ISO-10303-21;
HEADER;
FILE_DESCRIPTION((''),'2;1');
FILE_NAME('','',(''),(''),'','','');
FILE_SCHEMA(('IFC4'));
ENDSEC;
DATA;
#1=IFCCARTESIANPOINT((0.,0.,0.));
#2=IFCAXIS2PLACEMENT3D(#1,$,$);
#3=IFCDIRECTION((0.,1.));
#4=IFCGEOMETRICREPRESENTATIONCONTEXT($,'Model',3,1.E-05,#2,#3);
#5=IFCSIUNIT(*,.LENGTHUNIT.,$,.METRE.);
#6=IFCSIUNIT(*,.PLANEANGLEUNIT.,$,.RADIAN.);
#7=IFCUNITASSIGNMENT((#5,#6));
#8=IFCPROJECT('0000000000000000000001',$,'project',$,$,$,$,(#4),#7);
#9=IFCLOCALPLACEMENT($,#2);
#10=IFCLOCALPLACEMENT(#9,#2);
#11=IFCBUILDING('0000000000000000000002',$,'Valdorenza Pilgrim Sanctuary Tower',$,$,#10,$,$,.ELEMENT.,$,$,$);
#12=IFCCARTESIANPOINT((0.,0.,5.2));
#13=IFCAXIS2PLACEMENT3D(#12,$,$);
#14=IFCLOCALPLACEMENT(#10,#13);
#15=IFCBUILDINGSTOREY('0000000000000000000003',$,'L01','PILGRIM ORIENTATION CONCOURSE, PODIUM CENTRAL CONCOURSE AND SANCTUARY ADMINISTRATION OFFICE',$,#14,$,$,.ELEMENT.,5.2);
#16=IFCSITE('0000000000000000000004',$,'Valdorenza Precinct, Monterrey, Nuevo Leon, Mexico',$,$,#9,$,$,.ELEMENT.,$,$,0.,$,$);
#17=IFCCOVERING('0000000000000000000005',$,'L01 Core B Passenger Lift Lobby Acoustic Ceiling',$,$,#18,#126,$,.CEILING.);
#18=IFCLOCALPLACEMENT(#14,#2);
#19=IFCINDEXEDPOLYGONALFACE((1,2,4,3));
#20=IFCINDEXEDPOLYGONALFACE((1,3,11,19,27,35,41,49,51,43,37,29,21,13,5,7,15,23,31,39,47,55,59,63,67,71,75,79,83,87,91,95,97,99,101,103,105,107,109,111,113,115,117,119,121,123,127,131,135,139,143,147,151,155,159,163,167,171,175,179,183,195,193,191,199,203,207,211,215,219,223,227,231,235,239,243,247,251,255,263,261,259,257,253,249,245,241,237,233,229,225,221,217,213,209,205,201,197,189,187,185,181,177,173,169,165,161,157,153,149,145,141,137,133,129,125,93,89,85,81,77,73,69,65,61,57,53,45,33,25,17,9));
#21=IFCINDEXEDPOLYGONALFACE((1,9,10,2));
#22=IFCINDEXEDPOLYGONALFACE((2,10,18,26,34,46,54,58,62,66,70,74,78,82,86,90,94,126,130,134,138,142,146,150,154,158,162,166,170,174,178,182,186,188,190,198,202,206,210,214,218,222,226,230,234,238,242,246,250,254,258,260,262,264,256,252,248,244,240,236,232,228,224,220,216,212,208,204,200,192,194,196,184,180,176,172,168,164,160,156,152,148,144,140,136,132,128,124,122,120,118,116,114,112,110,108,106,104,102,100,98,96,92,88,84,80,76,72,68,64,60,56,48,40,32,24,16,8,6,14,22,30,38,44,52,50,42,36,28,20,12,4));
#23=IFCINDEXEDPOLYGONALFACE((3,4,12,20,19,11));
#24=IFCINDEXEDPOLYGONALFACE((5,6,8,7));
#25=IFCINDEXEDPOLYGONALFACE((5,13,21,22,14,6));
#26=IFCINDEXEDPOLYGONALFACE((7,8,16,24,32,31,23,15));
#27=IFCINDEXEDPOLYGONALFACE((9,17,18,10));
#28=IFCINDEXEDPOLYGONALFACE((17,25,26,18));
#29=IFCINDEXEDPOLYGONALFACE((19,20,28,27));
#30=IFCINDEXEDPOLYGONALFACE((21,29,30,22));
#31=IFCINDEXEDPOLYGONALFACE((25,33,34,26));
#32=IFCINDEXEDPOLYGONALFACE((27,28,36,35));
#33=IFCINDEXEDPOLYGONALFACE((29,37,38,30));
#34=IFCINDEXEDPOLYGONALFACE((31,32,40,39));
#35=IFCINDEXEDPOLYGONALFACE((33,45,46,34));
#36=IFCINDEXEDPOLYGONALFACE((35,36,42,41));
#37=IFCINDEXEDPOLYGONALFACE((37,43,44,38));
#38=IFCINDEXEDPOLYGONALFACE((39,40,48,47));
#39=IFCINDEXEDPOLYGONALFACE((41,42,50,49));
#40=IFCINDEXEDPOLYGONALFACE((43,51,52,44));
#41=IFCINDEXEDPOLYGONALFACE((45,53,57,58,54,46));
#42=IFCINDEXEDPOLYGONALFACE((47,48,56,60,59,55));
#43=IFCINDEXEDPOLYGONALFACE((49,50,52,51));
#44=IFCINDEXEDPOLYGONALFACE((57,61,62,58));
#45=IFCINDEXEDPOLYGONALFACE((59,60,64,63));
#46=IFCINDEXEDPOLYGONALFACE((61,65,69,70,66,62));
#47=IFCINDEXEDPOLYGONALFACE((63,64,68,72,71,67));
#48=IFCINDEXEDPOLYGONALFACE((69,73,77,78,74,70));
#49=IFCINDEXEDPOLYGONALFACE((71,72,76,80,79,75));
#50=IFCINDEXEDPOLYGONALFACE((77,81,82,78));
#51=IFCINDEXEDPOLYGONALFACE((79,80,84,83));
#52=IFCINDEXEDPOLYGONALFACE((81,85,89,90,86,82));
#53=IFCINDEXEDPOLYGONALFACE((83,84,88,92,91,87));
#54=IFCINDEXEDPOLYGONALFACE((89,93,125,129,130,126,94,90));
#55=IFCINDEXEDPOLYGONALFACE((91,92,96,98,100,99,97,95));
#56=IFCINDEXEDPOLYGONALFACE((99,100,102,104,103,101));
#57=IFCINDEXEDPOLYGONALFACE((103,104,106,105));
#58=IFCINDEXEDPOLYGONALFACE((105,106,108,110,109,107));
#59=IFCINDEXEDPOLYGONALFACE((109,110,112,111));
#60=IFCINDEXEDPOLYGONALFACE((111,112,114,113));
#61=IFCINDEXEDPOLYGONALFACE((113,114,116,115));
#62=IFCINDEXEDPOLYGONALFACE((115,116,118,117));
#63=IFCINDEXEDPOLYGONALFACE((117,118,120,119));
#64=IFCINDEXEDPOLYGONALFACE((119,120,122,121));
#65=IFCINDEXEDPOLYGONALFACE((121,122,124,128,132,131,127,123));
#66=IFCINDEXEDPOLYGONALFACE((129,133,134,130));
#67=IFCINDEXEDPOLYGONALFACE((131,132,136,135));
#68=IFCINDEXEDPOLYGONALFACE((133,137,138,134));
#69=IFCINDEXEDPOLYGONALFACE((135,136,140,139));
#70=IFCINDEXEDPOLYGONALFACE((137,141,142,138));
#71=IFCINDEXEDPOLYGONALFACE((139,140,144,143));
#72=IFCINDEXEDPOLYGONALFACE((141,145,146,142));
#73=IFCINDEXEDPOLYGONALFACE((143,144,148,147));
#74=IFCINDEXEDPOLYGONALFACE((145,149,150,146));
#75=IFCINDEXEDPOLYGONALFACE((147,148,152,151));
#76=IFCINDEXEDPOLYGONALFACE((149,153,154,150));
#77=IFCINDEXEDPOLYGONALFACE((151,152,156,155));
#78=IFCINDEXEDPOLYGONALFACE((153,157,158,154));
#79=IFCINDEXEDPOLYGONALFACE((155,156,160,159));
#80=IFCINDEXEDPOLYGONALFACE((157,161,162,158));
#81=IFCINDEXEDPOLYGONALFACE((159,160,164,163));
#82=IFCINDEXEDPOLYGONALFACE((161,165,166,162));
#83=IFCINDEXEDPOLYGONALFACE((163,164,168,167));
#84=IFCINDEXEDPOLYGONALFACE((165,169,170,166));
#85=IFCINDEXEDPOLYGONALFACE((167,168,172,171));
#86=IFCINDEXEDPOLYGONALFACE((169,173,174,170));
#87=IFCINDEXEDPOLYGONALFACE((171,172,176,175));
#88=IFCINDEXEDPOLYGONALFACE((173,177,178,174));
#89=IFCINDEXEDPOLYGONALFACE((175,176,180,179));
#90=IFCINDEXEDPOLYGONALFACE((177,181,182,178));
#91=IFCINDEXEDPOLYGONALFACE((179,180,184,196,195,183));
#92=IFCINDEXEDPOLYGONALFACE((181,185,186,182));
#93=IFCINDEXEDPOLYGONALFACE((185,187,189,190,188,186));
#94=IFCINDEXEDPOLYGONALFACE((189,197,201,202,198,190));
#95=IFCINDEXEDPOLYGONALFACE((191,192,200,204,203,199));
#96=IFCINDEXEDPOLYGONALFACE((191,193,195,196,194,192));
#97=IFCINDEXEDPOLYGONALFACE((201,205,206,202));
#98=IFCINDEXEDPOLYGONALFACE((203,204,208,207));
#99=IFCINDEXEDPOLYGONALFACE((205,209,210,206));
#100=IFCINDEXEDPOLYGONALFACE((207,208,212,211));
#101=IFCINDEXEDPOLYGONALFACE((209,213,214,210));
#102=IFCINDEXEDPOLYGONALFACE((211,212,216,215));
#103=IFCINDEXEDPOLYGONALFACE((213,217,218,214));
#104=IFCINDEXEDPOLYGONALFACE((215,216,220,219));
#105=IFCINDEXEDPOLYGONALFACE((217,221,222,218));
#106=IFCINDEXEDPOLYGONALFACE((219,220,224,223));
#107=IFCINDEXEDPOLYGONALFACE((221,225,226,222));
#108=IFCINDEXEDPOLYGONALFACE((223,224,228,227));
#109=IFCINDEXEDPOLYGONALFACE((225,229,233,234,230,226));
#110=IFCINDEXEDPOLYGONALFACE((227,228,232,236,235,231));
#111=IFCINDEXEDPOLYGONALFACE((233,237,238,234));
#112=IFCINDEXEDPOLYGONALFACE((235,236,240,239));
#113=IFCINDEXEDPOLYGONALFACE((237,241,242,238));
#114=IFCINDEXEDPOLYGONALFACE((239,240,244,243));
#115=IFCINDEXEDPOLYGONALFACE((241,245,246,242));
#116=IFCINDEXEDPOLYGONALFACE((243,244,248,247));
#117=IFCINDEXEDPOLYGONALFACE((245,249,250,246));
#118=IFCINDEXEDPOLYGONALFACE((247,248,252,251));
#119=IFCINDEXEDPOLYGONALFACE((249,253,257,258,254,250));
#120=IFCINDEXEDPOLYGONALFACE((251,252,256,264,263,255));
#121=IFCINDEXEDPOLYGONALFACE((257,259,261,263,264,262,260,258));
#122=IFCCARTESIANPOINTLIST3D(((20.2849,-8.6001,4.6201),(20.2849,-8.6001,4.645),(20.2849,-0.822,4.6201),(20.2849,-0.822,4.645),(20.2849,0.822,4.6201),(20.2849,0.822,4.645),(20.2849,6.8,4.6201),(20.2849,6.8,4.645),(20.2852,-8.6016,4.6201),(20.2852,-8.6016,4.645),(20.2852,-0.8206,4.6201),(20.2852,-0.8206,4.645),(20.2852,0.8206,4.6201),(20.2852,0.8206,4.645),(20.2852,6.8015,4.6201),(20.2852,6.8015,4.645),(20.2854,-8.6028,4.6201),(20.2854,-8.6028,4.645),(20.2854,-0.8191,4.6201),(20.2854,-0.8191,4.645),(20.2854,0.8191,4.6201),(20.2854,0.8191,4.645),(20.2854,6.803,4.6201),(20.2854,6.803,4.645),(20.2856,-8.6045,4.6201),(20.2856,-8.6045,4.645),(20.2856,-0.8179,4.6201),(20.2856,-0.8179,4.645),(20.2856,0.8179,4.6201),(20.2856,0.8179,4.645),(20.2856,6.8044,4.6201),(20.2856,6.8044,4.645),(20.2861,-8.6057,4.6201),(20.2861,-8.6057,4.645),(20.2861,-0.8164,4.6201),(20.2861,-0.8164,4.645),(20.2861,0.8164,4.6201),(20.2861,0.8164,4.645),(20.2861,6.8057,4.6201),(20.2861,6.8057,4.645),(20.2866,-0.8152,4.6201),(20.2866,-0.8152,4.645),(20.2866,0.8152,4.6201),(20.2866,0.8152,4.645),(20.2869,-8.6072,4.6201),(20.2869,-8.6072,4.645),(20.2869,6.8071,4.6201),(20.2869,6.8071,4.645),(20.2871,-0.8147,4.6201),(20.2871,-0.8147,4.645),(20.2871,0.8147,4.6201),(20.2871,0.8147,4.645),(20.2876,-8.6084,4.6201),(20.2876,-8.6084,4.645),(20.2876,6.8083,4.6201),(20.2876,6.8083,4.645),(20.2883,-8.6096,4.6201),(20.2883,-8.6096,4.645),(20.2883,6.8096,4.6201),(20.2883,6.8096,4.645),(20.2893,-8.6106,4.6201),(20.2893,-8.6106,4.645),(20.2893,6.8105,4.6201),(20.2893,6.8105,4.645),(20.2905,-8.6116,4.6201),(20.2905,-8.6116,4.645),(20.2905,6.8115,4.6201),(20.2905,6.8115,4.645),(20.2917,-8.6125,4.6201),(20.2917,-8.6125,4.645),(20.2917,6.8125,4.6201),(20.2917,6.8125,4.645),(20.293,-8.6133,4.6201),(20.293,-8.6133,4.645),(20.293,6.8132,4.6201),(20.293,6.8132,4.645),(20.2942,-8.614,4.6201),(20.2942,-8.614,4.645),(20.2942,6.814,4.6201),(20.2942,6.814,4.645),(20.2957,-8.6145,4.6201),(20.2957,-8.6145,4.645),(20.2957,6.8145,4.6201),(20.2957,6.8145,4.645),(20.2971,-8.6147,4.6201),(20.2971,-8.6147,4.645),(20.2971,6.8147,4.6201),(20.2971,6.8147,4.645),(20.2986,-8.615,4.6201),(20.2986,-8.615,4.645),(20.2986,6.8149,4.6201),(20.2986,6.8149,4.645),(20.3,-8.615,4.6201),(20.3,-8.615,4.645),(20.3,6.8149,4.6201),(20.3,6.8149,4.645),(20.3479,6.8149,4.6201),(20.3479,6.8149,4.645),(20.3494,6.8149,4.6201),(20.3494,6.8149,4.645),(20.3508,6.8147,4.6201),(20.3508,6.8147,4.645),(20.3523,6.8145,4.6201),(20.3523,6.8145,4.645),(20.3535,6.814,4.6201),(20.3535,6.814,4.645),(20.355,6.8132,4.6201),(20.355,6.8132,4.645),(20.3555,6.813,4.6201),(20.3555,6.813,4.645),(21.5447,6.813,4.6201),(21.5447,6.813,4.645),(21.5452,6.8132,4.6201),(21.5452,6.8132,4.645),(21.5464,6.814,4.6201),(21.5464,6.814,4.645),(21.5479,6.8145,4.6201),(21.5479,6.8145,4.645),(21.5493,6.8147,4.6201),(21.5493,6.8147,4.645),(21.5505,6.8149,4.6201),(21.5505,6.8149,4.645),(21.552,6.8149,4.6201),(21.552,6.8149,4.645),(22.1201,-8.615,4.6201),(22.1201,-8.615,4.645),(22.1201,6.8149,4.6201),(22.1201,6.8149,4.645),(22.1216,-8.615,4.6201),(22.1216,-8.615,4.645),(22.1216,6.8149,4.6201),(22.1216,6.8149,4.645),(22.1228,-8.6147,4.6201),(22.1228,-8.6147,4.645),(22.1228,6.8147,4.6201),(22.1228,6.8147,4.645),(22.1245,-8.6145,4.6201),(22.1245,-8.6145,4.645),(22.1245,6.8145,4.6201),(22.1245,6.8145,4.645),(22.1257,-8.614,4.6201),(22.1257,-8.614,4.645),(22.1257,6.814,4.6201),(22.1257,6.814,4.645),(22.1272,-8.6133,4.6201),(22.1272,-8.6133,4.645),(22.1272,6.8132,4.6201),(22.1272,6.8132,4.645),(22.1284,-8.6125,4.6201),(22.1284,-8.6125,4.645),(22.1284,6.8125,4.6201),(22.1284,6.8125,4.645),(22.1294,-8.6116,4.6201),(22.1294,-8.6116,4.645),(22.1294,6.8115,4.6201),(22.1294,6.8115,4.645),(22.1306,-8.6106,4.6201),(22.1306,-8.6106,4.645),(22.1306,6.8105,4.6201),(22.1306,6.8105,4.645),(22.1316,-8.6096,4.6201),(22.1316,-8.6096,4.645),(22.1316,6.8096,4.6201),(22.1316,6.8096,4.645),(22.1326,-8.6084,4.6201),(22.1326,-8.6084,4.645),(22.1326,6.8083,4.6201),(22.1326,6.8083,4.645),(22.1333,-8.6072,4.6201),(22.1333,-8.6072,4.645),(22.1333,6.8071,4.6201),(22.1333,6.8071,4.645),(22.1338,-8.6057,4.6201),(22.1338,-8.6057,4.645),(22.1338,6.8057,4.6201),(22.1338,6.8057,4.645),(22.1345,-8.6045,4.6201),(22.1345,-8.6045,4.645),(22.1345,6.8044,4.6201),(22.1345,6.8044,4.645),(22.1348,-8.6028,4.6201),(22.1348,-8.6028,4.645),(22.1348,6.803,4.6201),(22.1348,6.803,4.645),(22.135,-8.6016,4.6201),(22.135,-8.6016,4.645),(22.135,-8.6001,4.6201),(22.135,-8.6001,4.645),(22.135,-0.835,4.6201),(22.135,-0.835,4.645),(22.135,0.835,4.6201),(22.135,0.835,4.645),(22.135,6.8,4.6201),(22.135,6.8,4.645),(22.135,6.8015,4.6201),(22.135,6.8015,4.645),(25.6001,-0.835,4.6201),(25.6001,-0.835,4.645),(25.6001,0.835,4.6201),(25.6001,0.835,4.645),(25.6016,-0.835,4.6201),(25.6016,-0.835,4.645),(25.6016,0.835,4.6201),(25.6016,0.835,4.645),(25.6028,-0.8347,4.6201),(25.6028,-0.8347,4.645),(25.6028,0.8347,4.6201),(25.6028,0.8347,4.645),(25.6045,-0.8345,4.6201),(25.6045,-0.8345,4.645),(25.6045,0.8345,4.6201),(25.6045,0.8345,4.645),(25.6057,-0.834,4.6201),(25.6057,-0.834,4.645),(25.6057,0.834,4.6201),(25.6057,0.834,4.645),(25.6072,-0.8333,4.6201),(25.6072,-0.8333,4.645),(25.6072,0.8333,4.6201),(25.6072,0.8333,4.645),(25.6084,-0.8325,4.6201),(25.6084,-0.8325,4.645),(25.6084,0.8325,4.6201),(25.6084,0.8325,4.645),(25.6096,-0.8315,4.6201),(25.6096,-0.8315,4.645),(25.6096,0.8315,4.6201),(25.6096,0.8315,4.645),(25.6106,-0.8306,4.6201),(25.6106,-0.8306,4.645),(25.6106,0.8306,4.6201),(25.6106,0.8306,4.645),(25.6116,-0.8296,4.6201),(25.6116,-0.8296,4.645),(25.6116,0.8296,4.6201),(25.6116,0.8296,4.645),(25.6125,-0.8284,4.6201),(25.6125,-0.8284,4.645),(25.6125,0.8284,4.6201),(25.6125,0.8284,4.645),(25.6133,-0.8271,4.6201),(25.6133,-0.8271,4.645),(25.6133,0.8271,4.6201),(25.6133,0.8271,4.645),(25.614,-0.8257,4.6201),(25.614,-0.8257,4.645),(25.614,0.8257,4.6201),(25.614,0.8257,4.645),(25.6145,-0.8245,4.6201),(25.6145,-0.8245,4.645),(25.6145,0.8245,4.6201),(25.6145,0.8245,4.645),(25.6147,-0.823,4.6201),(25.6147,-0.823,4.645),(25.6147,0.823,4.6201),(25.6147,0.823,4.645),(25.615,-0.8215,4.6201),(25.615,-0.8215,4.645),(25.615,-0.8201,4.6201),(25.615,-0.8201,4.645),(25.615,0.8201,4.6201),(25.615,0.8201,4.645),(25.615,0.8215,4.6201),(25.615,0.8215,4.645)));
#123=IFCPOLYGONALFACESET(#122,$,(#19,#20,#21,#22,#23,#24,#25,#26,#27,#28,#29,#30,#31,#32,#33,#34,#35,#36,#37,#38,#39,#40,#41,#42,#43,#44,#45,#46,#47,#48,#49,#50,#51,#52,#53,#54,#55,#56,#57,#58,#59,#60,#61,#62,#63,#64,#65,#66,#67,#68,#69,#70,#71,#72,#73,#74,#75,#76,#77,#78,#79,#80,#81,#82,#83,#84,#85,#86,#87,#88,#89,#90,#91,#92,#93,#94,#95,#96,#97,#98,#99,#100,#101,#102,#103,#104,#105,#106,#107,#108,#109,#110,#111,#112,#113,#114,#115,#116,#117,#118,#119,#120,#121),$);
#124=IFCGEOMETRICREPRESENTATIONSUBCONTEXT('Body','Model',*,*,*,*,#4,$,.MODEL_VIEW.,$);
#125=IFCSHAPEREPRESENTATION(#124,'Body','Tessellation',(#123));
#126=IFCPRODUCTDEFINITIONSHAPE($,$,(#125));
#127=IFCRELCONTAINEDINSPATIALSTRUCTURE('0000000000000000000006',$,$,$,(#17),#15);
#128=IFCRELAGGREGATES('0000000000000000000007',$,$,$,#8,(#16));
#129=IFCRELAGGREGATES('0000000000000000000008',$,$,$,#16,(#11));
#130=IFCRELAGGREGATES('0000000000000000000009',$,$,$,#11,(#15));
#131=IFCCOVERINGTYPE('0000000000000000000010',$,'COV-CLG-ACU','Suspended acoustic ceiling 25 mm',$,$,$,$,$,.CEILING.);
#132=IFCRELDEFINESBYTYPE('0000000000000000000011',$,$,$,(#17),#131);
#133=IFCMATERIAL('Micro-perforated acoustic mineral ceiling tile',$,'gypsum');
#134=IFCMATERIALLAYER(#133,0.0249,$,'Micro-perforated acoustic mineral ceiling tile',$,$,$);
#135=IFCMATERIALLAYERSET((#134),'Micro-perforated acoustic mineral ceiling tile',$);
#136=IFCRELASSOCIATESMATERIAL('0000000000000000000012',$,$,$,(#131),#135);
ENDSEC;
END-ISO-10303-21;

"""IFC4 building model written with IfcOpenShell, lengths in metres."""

from ifc_helpers import new_model, si_unit, direction, frame, origin, place, context, subcontext, project, spatial, polyline, outline, extrude, material, layer, layer_set, type_object, element, save


model = new_model("IFC4")

# Units and contexts
model_context = context("Model", 3, precision=1e-05, world=origin(), true_north=direction((0.0, 1.0)))
body_context = subcontext(model_context, "Body", "Model", "MODEL_VIEW")
ifc_project = project(units=[si_unit("LENGTHUNIT", "METRE"), si_unit("PLANEANGLEUNIT", "RADIAN")], contexts=[model_context])

# Site, building, storey
site_placement = place(None, origin())
site = spatial("IfcSite", under=ifc_project, at=site_placement, Name="Valdorenza Precinct, Monterrey, Nuevo Leon, Mexico", CompositionType="ELEMENT", RefElevation=0.0)
building_placement = place(site_placement, origin())
building = spatial("IfcBuilding", under=site, at=building_placement, Name="Valdorenza Pilgrim Sanctuary Tower", CompositionType="ELEMENT")
storey_placement = place(building_placement, frame((0.0, 0.0, 5.2)))
storey = spatial("IfcBuildingStorey", under=building, at=storey_placement, Name="L01", Description="PILGRIM ORIENTATION CONCOURSE, PODIUM CENTRAL CONCOURSE AND SANCTUARY ADMINISTRATION OFFICE", CompositionType="ELEMENT", Elevation=5.2)

# Covering
ifc_material_1 = material(Name="Micro-perforated acoustic mineral ceiling tile", Category="gypsum")
ifc_layer_1 = layer(ifc_material_1, 0.0249, Name="Micro-perforated acoustic mineral ceiling tile")
ifc_layer_set_1 = layer_set([ifc_layer_1], Name="Micro-perforated acoustic mineral ceiling tile")
covering_type_1 = type_object("IfcCoveringType", Name="COV-CLG-ACU", Description="Suspended acoustic ceiling 25 mm", PredefinedType="CEILING", material=ifc_layer_set_1)
covering_1_placement = place(storey_placement, frame((0.0, 0.0, 4.6201)))
element("IfcCovering", 1, at=covering_1_placement, inside=storey, type_object=covering_type_1, Name="L01 Core B Passenger Lift Lobby Acoustic Ceiling", PredefinedType="CEILING", context=body_context, shape_type="SweptSolid", body=[
    extrude(outline(polyline([(20.2871, -0.8147), (20.2871, 0.8147), (20.2866, 0.8152), (20.2861, 0.8164), (20.2856, 0.8179), (20.2854, 0.8191), (20.2852, 0.8206), (20.2849, 0.822), (20.2849, 6.8), (20.2852, 6.8015), (20.2854, 6.803), (20.2856, 6.8044), (20.2861, 6.8057), (20.2869, 6.8071), (20.2876, 6.8083), (20.2883, 6.8096), (20.2893, 6.8105), (20.2905, 6.8115), (20.2917, 6.8125), (20.293, 6.8132), (20.2942, 6.814), (20.2957, 6.8145), (20.2971, 6.8147), (20.2986, 6.8149), (20.3, 6.8149), (20.3479, 6.8149), (20.3494, 6.8149), (20.3508, 6.8147), (20.3523, 6.8145), (20.3535, 6.814), (20.355, 6.8132), (20.3555, 6.813), (21.5447, 6.813), (21.5452, 6.8132), (21.5464, 6.814), (21.5479, 6.8145), (21.5493, 6.8147), (21.5505, 6.8149), (21.552, 6.8149), (22.1201, 6.8149), (22.1216, 6.8149), (22.1228, 6.8147), (22.1245, 6.8145), (22.1257, 6.814), (22.1272, 6.8132), (22.1284, 6.8125), (22.1294, 6.8115), (22.1306, 6.8105), (22.1316, 6.8096), (22.1326, 6.8083), (22.1333, 6.8071), (22.1338, 6.8057), (22.1345, 6.8044), (22.1348, 6.803), (22.135, 6.8015), (22.135, 6.8), (22.135, 0.835), (25.6001, 0.835), (25.6016, 0.835), (25.6028, 0.8347), (25.6045, 0.8345), (25.6057, 0.834), (25.6072, 0.8333), (25.6084, 0.8325), (25.6096, 0.8315), (25.6106, 0.8306), (25.6116, 0.8296), (25.6125, 0.8284), (25.6133, 0.8271), (25.614, 0.8257), (25.6145, 0.8245), (25.6147, 0.823), (25.615, 0.8215), (25.615, 0.8201), (25.615, -0.8201), (25.615, -0.8215), (25.6147, -0.823), (25.6145, -0.8245), (25.614, -0.8257), (25.6133, -0.8271), (25.6125, -0.8284), (25.6116, -0.8296), (25.6106, -0.8306), (25.6096, -0.8315), (25.6084, -0.8325), (25.6072, -0.8333), (25.6057, -0.834), (25.6045, -0.8345), (25.6028, -0.8347), (25.6016, -0.835), (25.6001, -0.835), (22.135, -0.835), (22.135, -8.6001), (22.135, -8.6016), (22.1348, -8.6028), (22.1345, -8.6045), (22.1338, -8.6057), (22.1333, -8.6072), (22.1326, -8.6084), (22.1316, -8.6096), (22.1306, -8.6106), (22.1294, -8.6116), (22.1284, -8.6125), (22.1272, -8.6133), (22.1257, -8.614), (22.1245, -8.6145), (22.1228, -8.6147), (22.1216, -8.615), (22.1201, -8.615), (20.3, -8.615), (20.2986, -8.615), (20.2971, -8.6147), (20.2957, -8.6145), (20.2942, -8.614), (20.293, -8.6133), (20.2917, -8.6125), (20.2905, -8.6116), (20.2893, -8.6106), (20.2883, -8.6096), (20.2876, -8.6084), (20.2869, -8.6072), (20.2861, -8.6057), (20.2856, -8.6045), (20.2854, -8.6028), (20.2852, -8.6016), (20.2849, -8.6001), (20.2849, -0.822), (20.2852, -0.8206), (20.2854, -0.8191), (20.2856, -0.8179), (20.2861, -0.8164), (20.2866, -0.8152), (20.2871, -0.8147)])), origin(), (0.0, 0.0, 1.0), 0.0249),
])

save(model, "model.ifc")
